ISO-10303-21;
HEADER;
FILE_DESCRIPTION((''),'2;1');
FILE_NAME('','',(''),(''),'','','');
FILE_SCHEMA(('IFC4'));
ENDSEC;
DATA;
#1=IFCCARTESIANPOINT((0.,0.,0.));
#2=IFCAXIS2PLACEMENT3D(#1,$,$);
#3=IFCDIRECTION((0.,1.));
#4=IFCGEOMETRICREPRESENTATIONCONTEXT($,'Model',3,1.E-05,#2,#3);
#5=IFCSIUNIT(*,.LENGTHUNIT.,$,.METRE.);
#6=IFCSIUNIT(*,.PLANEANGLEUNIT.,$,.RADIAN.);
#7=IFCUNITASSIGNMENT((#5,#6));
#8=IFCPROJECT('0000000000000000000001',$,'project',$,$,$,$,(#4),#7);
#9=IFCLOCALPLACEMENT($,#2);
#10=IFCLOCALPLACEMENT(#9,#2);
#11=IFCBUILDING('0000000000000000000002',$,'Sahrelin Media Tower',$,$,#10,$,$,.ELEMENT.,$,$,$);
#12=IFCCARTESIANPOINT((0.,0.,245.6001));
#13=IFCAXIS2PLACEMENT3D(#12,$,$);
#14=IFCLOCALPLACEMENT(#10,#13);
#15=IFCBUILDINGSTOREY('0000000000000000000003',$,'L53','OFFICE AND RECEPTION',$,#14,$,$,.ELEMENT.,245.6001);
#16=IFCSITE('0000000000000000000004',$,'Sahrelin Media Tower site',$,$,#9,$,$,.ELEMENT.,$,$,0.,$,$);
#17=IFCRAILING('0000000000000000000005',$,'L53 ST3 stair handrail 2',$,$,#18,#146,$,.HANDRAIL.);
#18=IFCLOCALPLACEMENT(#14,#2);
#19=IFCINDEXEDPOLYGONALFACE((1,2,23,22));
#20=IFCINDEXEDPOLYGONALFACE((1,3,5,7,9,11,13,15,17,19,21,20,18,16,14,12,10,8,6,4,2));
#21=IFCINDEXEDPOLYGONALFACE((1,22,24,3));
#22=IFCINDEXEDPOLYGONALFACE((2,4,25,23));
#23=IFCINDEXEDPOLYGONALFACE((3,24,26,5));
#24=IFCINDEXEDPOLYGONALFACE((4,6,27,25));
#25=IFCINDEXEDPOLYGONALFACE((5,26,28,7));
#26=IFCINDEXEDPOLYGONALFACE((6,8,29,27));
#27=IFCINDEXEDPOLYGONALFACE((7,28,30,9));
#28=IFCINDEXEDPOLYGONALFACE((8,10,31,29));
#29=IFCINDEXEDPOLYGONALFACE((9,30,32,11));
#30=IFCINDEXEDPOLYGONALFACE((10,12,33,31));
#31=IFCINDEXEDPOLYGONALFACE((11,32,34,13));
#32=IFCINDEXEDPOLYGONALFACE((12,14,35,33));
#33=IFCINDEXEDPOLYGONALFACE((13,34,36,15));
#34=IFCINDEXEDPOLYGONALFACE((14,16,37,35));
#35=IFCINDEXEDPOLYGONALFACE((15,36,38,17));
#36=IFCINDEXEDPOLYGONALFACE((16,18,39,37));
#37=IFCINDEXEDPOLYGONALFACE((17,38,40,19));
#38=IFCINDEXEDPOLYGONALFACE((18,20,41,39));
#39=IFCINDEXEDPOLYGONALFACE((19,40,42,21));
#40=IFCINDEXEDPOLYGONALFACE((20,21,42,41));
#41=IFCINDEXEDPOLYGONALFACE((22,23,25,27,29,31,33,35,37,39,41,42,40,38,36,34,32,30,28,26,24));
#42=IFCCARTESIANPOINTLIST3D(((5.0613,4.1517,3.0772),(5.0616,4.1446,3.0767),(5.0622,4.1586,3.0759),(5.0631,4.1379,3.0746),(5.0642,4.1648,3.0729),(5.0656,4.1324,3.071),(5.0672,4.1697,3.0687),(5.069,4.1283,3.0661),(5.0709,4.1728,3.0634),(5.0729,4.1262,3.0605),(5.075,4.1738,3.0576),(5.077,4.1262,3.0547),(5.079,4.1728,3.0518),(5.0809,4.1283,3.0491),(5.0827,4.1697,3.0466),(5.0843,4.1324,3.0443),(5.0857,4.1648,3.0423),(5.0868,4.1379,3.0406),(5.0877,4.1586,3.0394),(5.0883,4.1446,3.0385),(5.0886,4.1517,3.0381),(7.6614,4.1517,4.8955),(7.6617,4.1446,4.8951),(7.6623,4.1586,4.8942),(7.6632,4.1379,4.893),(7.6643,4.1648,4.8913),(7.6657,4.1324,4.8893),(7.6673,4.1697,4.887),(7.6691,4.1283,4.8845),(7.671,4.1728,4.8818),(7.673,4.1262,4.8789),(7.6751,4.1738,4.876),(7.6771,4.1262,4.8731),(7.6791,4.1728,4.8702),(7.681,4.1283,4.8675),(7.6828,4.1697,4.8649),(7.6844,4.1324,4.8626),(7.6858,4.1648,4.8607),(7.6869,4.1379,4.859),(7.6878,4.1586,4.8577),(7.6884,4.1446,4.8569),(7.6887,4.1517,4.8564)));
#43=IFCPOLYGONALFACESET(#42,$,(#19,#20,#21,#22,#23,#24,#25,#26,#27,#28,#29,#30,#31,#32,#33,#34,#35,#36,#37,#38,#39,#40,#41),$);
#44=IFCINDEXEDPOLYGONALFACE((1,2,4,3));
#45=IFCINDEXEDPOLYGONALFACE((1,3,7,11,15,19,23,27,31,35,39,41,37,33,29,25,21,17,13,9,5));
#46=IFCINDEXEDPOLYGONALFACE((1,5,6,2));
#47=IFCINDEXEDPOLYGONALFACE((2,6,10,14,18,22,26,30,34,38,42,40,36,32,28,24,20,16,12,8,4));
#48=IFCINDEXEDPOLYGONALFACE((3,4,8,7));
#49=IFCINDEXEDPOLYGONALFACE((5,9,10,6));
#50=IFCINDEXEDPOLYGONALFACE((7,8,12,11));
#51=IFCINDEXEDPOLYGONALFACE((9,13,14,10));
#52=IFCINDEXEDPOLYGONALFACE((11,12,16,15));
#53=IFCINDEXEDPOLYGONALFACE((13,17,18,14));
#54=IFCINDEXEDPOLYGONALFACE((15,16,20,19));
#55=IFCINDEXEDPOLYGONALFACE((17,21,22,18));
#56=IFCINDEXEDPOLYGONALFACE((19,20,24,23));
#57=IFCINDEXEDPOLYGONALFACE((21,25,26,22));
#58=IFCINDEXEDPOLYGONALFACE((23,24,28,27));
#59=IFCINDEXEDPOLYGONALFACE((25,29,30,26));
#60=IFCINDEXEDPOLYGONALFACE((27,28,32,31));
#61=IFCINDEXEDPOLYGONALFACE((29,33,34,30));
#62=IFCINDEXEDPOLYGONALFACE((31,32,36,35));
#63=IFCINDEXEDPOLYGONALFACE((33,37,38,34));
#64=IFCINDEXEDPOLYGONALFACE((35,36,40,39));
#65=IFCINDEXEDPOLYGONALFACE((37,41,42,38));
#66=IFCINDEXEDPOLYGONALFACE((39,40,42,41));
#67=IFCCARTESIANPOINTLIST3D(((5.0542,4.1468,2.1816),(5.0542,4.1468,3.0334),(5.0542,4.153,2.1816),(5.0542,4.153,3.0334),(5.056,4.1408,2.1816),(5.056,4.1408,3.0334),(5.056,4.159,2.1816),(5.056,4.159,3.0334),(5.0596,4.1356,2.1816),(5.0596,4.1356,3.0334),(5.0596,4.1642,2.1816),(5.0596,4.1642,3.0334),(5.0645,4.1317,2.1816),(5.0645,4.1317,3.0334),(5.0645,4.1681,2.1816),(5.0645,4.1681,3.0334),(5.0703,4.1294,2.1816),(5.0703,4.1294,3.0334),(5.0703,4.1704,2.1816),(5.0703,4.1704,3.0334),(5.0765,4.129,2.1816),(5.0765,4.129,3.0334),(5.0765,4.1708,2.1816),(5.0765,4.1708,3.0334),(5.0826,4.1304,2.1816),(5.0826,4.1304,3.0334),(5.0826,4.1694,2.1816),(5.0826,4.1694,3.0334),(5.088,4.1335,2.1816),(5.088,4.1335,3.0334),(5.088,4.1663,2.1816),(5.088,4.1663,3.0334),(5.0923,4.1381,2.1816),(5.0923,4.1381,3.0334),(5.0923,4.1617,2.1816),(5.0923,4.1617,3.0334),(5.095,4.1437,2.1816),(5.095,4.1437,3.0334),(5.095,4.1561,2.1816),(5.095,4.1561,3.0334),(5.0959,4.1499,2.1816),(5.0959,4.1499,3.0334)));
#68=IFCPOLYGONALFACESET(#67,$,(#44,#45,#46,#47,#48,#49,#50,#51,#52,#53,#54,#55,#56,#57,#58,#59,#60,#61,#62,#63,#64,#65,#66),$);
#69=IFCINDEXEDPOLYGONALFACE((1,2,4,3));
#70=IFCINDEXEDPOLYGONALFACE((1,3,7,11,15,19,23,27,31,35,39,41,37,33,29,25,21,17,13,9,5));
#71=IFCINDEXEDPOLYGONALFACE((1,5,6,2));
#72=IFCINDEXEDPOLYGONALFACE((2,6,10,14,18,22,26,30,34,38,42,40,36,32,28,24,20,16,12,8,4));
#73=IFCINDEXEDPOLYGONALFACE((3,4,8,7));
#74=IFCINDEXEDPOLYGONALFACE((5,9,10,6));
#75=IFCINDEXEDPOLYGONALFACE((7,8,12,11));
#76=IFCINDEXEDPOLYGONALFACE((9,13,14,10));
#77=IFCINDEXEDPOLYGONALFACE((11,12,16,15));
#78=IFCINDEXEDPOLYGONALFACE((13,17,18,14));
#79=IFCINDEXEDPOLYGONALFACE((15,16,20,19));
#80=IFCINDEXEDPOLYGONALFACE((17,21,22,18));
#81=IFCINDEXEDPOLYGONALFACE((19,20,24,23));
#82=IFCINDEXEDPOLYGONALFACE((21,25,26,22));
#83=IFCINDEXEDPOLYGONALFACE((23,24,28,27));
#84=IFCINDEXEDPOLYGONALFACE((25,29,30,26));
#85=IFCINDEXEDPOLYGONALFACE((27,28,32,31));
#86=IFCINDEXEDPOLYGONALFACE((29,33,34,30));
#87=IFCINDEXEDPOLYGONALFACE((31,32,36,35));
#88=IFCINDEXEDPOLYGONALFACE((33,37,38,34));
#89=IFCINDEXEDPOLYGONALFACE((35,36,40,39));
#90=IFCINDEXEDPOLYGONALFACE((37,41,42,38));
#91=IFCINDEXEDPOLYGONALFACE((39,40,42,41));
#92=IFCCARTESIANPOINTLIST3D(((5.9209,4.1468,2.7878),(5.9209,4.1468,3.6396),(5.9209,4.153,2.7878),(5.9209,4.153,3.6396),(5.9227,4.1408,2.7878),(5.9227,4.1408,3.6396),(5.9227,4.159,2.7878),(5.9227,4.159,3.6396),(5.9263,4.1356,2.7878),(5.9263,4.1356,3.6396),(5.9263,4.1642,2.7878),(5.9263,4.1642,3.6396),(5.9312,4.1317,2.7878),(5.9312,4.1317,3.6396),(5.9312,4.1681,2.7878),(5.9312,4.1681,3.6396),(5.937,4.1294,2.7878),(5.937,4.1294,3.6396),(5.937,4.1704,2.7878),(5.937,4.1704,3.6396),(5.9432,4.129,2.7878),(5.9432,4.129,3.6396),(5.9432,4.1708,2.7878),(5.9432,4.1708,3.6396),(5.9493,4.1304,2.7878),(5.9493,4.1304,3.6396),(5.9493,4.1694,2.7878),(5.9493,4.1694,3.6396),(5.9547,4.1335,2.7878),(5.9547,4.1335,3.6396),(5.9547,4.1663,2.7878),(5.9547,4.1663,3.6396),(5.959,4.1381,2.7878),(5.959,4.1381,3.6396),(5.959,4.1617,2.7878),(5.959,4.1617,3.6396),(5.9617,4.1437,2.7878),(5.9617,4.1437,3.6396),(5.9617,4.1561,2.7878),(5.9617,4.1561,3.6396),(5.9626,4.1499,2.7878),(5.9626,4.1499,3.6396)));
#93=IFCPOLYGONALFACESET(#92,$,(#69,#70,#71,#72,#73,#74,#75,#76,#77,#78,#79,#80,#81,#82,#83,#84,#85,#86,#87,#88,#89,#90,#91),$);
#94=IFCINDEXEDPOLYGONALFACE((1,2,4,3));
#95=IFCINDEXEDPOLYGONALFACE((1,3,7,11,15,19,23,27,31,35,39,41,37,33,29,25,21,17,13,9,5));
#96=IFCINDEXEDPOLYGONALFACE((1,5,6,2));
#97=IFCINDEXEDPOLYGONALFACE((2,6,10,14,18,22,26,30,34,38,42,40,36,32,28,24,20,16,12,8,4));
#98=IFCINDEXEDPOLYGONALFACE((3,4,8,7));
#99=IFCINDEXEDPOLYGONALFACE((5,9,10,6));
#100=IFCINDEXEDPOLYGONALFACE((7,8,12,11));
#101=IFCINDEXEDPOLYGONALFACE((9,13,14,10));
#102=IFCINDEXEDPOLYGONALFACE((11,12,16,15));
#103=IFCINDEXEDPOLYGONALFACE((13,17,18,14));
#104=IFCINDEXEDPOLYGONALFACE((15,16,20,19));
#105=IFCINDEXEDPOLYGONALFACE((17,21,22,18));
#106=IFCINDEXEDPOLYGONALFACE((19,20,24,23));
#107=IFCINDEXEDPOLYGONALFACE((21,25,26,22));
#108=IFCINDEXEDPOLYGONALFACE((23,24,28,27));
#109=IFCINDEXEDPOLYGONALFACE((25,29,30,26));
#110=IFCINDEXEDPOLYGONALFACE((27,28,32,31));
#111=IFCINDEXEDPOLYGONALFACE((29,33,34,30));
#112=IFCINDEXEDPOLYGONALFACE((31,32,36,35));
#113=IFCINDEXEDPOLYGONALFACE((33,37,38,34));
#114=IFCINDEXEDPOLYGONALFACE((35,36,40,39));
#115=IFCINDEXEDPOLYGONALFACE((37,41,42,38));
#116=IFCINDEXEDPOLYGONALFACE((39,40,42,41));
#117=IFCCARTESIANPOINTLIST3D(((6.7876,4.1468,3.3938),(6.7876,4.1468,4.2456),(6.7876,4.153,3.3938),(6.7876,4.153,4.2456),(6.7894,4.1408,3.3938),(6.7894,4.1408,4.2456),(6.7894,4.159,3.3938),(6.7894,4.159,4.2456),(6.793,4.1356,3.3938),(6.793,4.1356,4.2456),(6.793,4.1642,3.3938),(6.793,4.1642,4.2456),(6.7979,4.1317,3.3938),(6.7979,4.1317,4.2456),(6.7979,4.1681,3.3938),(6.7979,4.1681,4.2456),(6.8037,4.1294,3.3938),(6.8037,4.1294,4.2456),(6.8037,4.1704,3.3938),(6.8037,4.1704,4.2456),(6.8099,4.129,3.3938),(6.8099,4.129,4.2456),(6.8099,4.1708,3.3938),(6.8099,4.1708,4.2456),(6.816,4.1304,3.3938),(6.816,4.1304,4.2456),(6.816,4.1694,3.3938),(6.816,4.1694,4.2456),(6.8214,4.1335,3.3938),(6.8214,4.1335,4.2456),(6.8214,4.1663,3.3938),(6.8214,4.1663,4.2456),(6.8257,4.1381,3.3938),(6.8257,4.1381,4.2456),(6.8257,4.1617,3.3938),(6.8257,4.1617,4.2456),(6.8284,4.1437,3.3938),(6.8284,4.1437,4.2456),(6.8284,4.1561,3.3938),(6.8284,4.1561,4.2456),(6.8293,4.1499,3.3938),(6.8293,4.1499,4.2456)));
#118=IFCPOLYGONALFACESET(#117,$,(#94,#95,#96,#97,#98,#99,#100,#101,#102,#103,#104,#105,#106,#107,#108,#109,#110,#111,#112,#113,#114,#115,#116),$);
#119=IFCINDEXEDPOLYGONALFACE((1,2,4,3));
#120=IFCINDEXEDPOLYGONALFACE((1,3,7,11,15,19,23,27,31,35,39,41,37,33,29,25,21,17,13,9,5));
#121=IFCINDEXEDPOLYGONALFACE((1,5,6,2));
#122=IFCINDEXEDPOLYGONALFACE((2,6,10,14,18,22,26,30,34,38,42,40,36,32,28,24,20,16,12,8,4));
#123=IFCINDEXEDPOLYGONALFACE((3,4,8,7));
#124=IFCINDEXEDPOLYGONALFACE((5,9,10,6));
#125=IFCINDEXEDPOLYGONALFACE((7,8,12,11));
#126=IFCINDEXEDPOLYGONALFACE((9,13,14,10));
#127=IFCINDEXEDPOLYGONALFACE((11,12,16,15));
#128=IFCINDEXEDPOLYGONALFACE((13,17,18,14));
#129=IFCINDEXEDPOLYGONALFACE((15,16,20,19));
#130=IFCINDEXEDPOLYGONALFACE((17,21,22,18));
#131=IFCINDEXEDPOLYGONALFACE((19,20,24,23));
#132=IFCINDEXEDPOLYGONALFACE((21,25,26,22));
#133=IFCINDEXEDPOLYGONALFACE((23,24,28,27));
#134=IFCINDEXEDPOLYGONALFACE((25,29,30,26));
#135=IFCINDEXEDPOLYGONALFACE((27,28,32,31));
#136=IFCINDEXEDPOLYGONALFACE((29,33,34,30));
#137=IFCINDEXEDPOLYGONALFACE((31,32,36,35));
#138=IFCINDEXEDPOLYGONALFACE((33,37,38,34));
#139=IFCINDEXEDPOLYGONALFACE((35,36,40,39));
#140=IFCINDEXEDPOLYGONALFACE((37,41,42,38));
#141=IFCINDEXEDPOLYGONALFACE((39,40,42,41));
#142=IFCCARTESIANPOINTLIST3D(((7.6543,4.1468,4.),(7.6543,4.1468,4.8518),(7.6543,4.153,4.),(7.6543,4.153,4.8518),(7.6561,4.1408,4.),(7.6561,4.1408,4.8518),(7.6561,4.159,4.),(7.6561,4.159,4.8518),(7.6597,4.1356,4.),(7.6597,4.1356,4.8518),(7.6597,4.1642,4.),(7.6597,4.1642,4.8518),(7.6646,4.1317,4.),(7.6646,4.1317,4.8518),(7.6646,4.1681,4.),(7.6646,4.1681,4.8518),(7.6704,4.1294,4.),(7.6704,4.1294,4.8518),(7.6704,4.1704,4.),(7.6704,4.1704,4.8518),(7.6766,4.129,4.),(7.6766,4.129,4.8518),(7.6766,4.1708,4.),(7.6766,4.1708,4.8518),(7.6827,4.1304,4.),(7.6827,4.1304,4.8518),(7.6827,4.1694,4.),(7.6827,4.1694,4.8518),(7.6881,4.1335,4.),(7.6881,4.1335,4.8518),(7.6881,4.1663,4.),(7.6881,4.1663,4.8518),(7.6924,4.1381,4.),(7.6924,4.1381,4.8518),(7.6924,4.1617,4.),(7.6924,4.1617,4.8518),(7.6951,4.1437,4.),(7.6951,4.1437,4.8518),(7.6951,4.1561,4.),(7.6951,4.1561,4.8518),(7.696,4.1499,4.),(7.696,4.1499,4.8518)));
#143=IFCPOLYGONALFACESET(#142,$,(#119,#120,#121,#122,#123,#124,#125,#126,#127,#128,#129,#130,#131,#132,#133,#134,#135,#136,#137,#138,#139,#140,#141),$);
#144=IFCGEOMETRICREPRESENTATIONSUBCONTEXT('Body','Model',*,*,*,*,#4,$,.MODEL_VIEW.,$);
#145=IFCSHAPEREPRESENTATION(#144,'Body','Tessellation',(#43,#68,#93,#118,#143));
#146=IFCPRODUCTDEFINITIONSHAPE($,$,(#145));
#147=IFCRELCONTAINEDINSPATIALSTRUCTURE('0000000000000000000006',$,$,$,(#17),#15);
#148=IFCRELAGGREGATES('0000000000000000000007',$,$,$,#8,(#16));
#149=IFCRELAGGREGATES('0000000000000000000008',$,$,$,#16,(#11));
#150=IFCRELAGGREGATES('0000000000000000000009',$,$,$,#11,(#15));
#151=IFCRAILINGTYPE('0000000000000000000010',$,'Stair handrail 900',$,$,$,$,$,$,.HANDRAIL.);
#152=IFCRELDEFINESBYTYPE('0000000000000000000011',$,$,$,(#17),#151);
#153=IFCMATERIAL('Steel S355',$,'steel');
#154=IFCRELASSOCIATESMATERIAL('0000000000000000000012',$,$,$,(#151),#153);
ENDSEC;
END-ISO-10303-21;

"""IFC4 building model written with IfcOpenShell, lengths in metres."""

from ifc_helpers import new_model, si_unit, direction, frame, origin, origin_2d, place, context, subcontext, project, spatial, circle, extrude, material, type_object, element, save


model = new_model("IFC4")

# Units and contexts
model_context = context("Model", 3, precision=1e-05, world=origin(), true_north=direction((0.0, 1.0)))
body_context = subcontext(model_context, "Body", "Model", "MODEL_VIEW")
ifc_project = project(units=[si_unit("LENGTHUNIT", "METRE"), si_unit("PLANEANGLEUNIT", "RADIAN")], contexts=[model_context])

# Site, building, storey
site_placement = place(None, origin())
site = spatial("IfcSite", under=ifc_project, at=site_placement, Name="Sahrelin Media Tower site", CompositionType="ELEMENT", RefElevation=0.0)
building_placement = place(site_placement, origin())
building = spatial("IfcBuilding", under=site, at=building_placement, Name="Sahrelin Media Tower", CompositionType="ELEMENT")
storey_placement = place(building_placement, frame((0.0, 0.0, 245.6001)))
storey = spatial("IfcBuildingStorey", under=building, at=storey_placement, Name="L53", Description="OFFICE AND RECEPTION", CompositionType="ELEMENT", Elevation=245.6001)

# Shared definitions
ifc_material_1 = material(Name="Steel S355", Category="steel")

# Railing
railing_type_1 = type_object("IfcRailingType", Name="Stair handrail 900", PredefinedType="HANDRAIL", material=ifc_material_1)
railing_1_placement = place(storey_placement, frame((5.075, 4.1499, 2.1816)))
element("IfcRailing", 1, at=railing_1_placement, inside=storey, type_object=railing_type_1, Name="L53 ST3 stair handrail 2", PredefinedType="HANDRAIL", context=body_context, shape_type="SweptSolid", body=[
    extrude(circle(Radius=0.0239, at=origin_2d()), frame((0.0, 0.0, 0.876), z_axis=(0.819485, 0.0, 0.573101), x_axis=(0.0, 1.0, 0.0)), (0.0, 0.0, 1.0), 3.1729),
    extrude(circle(Radius=0.021, at=origin_2d()), origin(), (0.0, 0.0, 1.0), 0.8518),
    extrude(circle(Radius=0.021, at=origin_2d()), frame((0.8667, 0.0, 0.6062)), (0.0, 0.0, 1.0), 0.8518),
    extrude(circle(Radius=0.021, at=origin_2d()), frame((1.7334, 0.0, 1.2122)), (0.0, 0.0, 1.0), 0.8518),
    extrude(circle(Radius=0.021, at=origin_2d()), frame((2.6001, 0.0, 1.8184)), (0.0, 0.0, 1.0), 0.8518),
])

save(model, "model.ifc")
